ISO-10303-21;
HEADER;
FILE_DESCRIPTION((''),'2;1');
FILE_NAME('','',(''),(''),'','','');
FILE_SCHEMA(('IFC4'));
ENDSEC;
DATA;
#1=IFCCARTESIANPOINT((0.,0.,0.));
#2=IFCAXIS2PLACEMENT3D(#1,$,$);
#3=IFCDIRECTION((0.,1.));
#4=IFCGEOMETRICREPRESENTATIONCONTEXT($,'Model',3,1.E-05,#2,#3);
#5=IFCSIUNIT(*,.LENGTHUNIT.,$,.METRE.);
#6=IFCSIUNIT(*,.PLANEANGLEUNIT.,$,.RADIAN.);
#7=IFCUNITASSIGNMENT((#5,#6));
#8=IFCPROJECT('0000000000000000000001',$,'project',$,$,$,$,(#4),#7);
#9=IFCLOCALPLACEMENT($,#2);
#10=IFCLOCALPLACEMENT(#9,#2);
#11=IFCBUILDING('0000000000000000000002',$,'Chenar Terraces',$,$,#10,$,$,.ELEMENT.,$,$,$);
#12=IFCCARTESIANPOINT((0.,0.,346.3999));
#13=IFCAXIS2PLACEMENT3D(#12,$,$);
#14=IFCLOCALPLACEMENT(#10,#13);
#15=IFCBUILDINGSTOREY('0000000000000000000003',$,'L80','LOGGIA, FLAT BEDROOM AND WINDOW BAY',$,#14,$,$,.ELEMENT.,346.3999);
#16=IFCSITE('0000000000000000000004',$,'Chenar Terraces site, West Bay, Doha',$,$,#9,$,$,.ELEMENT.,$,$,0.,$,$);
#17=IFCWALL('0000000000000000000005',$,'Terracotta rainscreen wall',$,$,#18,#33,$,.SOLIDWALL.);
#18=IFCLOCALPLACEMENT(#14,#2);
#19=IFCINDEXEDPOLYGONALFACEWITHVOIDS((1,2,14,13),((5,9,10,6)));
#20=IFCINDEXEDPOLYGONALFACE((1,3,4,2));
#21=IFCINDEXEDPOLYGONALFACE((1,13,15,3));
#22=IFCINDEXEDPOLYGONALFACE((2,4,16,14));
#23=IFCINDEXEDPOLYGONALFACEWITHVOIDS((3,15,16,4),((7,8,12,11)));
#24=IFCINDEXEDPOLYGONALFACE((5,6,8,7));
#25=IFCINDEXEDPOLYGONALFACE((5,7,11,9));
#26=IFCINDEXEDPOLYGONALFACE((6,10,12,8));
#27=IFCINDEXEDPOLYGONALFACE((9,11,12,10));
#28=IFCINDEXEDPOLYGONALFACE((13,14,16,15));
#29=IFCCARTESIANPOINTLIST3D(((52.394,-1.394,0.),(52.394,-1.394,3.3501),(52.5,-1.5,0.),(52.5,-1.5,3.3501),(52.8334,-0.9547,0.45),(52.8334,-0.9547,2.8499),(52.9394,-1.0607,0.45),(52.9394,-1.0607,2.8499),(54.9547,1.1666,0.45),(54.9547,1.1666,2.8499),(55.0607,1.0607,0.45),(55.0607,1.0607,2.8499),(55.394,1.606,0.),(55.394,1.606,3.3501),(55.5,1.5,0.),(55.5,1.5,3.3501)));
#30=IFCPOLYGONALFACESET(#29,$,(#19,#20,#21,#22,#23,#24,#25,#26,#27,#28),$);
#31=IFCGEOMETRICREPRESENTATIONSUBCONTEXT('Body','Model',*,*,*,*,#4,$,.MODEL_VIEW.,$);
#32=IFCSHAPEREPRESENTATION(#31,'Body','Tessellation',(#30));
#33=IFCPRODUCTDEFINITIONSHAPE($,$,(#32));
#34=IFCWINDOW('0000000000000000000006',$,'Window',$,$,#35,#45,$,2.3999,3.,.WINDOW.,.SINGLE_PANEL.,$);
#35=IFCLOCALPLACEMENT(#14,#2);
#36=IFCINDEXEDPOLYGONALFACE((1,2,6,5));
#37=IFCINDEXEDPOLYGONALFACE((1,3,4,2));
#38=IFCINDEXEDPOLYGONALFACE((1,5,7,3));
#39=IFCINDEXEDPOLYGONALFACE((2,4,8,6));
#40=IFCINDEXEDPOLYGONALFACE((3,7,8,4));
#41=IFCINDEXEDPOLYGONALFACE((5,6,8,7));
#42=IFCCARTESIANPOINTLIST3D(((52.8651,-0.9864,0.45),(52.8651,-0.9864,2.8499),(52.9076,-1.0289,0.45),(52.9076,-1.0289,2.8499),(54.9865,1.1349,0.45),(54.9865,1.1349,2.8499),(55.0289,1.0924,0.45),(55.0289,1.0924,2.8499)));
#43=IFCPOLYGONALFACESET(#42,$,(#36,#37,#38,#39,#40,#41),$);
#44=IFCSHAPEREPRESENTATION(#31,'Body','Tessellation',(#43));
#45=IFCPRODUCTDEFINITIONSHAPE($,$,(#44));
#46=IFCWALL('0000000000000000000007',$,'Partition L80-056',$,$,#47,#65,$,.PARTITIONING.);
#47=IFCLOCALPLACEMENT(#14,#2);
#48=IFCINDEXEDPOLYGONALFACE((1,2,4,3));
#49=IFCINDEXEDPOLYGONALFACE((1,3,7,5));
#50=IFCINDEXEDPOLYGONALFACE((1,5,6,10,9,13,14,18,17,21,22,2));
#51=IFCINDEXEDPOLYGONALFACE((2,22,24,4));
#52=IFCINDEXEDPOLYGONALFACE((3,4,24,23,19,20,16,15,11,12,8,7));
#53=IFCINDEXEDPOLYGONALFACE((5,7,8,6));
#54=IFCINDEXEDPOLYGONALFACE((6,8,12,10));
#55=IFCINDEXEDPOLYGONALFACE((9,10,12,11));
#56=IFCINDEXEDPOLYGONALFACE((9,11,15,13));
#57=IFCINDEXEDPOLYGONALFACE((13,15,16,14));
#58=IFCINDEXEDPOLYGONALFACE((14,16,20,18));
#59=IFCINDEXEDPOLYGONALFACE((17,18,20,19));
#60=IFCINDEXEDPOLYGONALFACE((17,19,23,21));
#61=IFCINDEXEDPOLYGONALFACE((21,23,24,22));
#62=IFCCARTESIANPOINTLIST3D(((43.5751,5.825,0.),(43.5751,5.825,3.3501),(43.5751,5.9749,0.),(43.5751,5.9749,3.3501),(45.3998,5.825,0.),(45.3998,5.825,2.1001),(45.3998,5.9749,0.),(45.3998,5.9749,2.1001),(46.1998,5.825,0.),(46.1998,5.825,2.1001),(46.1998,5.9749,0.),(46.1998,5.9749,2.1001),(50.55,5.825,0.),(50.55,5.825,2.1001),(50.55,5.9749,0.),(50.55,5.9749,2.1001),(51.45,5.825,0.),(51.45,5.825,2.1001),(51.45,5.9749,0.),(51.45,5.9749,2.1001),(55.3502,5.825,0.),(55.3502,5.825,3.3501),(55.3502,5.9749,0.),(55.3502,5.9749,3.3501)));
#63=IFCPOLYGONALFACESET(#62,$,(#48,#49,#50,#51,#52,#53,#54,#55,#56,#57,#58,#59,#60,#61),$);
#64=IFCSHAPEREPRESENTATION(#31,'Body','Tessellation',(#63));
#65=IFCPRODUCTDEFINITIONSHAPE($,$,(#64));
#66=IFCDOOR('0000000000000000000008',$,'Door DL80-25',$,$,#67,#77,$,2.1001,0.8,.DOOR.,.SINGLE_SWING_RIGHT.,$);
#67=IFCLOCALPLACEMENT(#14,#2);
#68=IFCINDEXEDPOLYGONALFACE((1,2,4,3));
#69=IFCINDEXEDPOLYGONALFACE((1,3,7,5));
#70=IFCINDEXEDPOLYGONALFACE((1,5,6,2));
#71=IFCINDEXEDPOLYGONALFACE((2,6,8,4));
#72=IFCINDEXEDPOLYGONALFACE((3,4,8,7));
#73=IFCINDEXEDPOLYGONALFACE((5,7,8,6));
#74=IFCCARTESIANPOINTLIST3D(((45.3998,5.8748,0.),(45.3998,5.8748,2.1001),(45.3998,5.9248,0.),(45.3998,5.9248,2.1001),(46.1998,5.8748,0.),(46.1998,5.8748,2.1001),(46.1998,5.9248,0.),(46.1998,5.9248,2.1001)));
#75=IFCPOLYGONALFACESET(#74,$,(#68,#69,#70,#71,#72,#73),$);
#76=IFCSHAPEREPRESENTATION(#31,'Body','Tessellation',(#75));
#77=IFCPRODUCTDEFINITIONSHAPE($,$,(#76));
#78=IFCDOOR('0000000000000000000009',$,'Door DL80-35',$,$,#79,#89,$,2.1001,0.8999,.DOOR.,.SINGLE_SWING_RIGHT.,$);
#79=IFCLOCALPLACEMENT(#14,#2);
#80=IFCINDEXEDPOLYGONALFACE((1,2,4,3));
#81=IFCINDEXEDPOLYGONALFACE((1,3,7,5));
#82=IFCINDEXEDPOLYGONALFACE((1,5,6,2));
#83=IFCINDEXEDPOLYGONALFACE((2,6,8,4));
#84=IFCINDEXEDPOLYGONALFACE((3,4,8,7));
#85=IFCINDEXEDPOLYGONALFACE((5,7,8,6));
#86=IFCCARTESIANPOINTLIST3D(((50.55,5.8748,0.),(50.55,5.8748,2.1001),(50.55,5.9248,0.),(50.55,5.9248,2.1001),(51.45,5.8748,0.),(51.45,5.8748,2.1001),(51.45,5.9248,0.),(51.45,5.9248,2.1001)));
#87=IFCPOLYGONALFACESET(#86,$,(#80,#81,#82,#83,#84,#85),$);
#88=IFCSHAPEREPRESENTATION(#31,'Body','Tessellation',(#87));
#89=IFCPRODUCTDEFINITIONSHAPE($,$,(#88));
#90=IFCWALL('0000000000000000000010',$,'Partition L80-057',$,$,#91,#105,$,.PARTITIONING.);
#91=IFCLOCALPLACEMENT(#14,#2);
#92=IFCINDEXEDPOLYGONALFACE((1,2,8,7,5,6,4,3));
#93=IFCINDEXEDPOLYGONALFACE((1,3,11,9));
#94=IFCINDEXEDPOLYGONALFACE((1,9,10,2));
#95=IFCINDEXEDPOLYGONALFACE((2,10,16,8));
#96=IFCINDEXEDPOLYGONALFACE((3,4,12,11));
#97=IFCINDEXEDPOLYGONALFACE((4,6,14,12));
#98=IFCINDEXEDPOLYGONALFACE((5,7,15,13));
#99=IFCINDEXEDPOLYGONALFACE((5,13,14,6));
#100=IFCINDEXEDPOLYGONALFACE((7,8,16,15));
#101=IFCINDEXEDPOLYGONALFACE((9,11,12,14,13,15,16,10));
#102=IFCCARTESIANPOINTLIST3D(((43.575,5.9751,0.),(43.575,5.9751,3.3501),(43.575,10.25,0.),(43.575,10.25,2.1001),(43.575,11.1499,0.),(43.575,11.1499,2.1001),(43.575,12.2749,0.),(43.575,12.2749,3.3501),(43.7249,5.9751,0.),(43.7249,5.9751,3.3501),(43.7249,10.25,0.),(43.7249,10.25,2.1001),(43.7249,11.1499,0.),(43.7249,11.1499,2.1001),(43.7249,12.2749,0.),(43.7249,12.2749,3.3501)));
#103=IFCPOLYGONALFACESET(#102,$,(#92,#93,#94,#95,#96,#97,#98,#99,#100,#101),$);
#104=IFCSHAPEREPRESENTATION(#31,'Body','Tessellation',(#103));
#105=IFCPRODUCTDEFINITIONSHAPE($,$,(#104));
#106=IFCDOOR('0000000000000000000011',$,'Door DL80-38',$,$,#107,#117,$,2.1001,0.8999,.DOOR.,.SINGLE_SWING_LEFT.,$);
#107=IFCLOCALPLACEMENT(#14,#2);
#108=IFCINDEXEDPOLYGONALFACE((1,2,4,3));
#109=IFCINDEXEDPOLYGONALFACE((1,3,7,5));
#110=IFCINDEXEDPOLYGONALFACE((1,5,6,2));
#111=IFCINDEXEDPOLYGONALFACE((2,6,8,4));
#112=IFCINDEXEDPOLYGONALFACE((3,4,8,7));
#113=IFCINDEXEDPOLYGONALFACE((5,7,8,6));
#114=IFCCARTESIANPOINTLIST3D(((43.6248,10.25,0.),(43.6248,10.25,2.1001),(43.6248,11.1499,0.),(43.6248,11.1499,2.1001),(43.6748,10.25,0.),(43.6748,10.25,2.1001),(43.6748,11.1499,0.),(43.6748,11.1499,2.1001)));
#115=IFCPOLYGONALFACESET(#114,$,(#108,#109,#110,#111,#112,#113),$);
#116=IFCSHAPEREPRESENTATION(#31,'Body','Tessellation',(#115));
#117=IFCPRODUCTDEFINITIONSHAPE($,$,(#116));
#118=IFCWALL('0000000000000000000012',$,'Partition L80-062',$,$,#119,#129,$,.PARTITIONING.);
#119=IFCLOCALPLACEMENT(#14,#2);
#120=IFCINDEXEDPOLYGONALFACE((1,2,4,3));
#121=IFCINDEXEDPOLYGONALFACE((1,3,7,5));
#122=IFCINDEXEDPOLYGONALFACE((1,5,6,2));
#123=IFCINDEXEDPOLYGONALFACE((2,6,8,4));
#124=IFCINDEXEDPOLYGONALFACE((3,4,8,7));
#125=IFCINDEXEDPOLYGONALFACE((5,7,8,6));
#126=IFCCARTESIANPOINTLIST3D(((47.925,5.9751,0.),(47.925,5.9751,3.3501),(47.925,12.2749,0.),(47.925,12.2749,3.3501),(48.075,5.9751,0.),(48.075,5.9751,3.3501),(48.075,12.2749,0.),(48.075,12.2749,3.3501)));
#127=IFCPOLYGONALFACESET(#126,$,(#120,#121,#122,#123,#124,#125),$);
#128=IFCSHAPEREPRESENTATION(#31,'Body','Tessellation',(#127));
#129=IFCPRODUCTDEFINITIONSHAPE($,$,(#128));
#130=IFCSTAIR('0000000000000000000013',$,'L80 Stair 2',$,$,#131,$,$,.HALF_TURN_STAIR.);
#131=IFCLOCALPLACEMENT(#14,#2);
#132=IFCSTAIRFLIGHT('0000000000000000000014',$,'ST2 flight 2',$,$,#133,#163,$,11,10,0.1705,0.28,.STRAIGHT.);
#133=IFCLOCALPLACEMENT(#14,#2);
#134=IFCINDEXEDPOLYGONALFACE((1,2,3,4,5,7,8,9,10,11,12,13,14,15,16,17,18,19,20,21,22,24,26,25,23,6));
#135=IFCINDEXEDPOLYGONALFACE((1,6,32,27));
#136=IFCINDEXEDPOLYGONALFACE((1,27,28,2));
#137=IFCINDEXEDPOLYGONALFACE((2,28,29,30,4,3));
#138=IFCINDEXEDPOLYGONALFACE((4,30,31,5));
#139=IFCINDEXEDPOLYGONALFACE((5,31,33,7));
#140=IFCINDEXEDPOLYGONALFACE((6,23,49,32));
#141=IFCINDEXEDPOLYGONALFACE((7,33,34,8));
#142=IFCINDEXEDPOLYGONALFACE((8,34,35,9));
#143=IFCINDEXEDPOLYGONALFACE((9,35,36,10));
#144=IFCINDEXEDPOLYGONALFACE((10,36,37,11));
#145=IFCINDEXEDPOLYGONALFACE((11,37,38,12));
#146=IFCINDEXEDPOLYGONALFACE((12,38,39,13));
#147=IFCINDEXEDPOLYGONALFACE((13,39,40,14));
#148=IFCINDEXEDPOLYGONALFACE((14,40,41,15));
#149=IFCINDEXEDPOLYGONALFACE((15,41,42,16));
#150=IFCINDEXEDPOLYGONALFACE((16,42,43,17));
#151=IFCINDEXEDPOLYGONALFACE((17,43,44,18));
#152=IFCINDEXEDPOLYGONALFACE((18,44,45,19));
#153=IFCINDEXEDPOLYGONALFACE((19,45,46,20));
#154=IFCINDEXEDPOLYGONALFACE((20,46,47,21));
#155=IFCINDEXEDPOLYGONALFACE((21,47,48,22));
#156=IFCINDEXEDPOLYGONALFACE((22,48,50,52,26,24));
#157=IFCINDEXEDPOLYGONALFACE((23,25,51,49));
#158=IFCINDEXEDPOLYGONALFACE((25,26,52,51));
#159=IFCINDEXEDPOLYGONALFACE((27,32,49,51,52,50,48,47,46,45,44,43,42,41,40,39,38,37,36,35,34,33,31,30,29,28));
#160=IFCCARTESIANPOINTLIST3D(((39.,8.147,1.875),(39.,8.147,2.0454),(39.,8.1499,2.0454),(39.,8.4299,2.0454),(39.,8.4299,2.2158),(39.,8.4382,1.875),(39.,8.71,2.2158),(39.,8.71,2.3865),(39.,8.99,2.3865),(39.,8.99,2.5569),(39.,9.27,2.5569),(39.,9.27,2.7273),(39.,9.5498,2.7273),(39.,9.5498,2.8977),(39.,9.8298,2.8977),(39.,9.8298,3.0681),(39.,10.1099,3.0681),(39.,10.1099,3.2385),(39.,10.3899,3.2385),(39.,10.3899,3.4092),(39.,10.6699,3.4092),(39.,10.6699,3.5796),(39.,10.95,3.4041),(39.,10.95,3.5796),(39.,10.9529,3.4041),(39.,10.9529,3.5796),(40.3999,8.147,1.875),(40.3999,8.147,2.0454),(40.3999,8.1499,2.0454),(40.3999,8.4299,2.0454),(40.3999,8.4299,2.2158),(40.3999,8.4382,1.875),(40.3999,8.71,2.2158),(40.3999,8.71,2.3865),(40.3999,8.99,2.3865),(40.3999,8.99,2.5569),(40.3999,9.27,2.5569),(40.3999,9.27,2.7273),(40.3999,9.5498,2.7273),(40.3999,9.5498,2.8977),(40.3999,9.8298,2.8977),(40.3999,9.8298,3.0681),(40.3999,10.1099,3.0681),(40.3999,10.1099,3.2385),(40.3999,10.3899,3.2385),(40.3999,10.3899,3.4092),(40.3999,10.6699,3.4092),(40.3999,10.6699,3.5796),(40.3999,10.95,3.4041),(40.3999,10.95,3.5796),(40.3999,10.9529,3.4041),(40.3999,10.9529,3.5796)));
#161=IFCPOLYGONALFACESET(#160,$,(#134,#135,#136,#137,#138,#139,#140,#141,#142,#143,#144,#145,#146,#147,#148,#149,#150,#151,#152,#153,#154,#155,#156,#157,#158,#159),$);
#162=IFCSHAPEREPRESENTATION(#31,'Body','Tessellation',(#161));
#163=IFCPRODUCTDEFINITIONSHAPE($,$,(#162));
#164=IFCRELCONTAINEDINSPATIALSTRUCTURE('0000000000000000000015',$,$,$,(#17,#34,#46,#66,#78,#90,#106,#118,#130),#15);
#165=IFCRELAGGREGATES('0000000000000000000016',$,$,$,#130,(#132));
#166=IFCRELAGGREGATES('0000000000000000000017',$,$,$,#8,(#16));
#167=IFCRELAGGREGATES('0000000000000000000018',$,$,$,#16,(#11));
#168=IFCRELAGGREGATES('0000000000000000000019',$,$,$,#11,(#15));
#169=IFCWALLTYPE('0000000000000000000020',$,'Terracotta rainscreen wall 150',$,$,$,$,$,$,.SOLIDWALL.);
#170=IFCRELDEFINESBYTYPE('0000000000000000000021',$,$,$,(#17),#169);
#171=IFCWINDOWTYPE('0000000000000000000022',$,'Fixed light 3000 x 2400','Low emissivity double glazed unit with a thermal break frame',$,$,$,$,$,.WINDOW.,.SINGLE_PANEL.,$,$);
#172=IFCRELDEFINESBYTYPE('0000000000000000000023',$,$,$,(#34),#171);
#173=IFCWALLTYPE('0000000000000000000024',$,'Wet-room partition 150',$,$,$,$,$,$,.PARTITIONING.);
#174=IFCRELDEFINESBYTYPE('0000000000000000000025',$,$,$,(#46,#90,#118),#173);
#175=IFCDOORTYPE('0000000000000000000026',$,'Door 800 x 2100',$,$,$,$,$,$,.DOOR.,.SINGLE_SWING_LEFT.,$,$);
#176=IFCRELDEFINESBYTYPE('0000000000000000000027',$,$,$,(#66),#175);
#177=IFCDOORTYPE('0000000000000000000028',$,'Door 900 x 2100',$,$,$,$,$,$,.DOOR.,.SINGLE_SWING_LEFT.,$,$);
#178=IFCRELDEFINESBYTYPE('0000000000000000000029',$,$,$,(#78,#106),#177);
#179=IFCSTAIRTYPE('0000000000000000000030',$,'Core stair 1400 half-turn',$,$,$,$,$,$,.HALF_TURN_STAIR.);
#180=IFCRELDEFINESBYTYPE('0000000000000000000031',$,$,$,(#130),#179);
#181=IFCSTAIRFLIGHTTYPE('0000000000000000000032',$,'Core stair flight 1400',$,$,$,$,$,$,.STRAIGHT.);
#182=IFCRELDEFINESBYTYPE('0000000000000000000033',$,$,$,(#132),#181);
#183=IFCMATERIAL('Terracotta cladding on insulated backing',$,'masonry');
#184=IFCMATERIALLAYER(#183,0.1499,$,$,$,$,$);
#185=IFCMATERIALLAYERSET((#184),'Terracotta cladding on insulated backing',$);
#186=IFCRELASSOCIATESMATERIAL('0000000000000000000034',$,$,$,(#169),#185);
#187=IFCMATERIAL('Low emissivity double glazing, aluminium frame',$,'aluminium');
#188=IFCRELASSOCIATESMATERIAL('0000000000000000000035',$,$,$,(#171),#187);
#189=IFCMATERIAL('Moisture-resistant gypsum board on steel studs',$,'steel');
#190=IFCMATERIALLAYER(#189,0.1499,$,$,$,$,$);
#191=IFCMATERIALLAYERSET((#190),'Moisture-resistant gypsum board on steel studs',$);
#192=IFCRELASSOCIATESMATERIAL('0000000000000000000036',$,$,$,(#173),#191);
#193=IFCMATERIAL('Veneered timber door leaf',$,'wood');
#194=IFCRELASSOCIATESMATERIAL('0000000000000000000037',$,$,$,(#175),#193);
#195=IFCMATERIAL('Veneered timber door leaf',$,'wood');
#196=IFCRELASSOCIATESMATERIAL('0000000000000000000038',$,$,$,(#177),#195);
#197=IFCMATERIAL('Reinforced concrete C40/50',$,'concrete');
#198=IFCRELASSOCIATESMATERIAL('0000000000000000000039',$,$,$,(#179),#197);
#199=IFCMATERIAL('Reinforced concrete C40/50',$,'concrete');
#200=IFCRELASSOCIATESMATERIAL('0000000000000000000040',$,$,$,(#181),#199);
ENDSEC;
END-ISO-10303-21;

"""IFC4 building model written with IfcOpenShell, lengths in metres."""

from ifc_helpers import new_model, si_unit, direction, frame, frame_2d, origin, place, context, subcontext, project, spatial, polyline, rectangle, outline, extrude, material, layer, layer_set, type_object, element, fill, aggregate, save


model = new_model("IFC4")

# Units and contexts
model_context = context("Model", 3, precision=1e-05, world=origin(), true_north=direction((0.0, 1.0)))
body_context = subcontext(model_context, "Body", "Model", "MODEL_VIEW")
ifc_project = project(units=[si_unit("LENGTHUNIT", "METRE"), si_unit("PLANEANGLEUNIT", "RADIAN")], contexts=[model_context])

# Site, building, storey
site_placement = place(None, origin())
site = spatial("IfcSite", under=ifc_project, at=site_placement, Name="Chenar Terraces site, West Bay, Doha", CompositionType="ELEMENT", RefElevation=0.0)
building_placement = place(site_placement, origin())
building = spatial("IfcBuilding", under=site, at=building_placement, Name="Chenar Terraces", CompositionType="ELEMENT")
storey_placement = place(building_placement, frame((0.0, 0.0, 346.3999)))
storey = spatial("IfcBuildingStorey", under=building, at=storey_placement, Name="L80", Description="LOGGIA, FLAT BEDROOM AND WINDOW BAY", CompositionType="ELEMENT", Elevation=346.3999)

# Wall, opening, window
ifc_material_1 = material(Name="Terracotta cladding on insulated backing", Category="masonry")
ifc_layer_1 = layer(ifc_material_1, 0.1499)
ifc_layer_set_1 = layer_set([ifc_layer_1], Name="Terracotta cladding on insulated backing")
wall_type_1 = type_object("IfcWallType", Name="Terracotta rainscreen wall 150", PredefinedType="SOLIDWALL", material=ifc_layer_set_1)
wall_1_placement = place(storey_placement, frame((52.447, -1.447, 0.0), z_axis=(0.0, 0.0, 1.0), x_axis=(0.707107, 0.707107, 0.0)))
wall_1 = element("IfcWall", 1, at=wall_1_placement, inside=storey, type_object=wall_type_1, Name="Terracotta rainscreen wall", PredefinedType="SOLIDWALL", context=body_context, shape_type="SweptSolid", body=[
    extrude(rectangle(XDim=4.2427, YDim=0.1499, at=frame_2d((2.1213, 0.0))), origin(), (0.0, 0.0, 1.0), 3.3501),
])
opening_1_placement = place(wall_1_placement, frame((0.6213, 0.0, 0.45)))
opening_1 = element("IfcOpeningElement", 2, at=opening_1_placement, cuts=wall_1, PredefinedType="OPENING", context=body_context, shape_type="SweptSolid", body=[
    extrude(rectangle(XDim=3.0, YDim=2.3999, at=frame_2d((1.5, 1.2))), frame((0.0, 0.085, 0.0), z_axis=(0.0, -1.0, 0.0), x_axis=(1.0, 0.0, 0.0)), (0.0, 0.0, 1.0), 0.1699),
])
ifc_material_2 = material(Name="Low emissivity double glazing, aluminium frame", Category="aluminium")
window_type_1 = type_object("IfcWindowType", Name="Fixed light 3000 x 2400", Description="Low emissivity double glazed unit with a thermal break frame", PartitioningType="SINGLE_PANEL", PredefinedType="WINDOW", material=ifc_material_2)
window_1_placement = place(opening_1_placement, origin())
window_1 = element("IfcWindow", 3, at=window_1_placement, inside=storey, type_object=window_type_1, Name="Window", OverallHeight=2.3999, OverallWidth=3.0, PartitioningType="SINGLE_PANEL", PredefinedType="WINDOW", context=body_context, shape_type="SweptSolid", body=[
    extrude(rectangle(XDim=3.0, YDim=2.3999, at=frame_2d((1.5, 1.2))), frame((0.0, 0.03, 0.0), z_axis=(0.0, -1.0, 0.0), x_axis=(1.0, 0.0, 0.0)), (0.0, 0.0, 1.0), 0.0601),
])
fill(opening_1, window_1)

# Wall, openings, doors
ifc_material_3 = material(Name="Moisture-resistant gypsum board on steel studs", Category="steel")
ifc_layer_2 = layer(ifc_material_3, 0.1499)
ifc_layer_set_2 = layer_set([ifc_layer_2], Name="Moisture-resistant gypsum board on steel studs")
wall_type_2 = type_object("IfcWallType", Name="Wet-room partition 150", PredefinedType="PARTITIONING", material=ifc_layer_set_2)
wall_2_placement = place(storey_placement, frame((43.575, 5.8999, 0.0), z_axis=(0.0, 0.0, 1.0), x_axis=(1.0, 0.0, 0.0)))
wall_2 = element("IfcWall", 4, at=wall_2_placement, inside=storey, type_object=wall_type_2, Name="Partition L80-056", PredefinedType="PARTITIONING", context=body_context, shape_type="SweptSolid", body=[
    extrude(rectangle(XDim=11.7751, YDim=0.1499, at=frame_2d((5.8877, 0.0))), origin(), (0.0, 0.0, 1.0), 3.3501),
])
opening_2_placement = place(wall_2_placement, frame((1.825, 0.0, 0.0)))
opening_2 = element("IfcOpeningElement", 5, at=opening_2_placement, cuts=wall_2, PredefinedType="OPENING", context=body_context, shape_type="SweptSolid", body=[
    extrude(rectangle(XDim=0.8, YDim=2.1001, at=frame_2d((0.3999, 1.05))), frame((0.0, 0.085, 0.0), z_axis=(0.0, -1.0, 0.0), x_axis=(1.0, 0.0, 0.0)), (0.0, 0.0, 1.0), 0.1699),
])
opening_3_placement = place(wall_2_placement, frame((6.9751, 0.0, 0.0)))
opening_3 = element("IfcOpeningElement", 6, at=opening_3_placement, cuts=wall_2, PredefinedType="OPENING", context=body_context, shape_type="SweptSolid", body=[
    extrude(rectangle(XDim=0.8999, YDim=2.1001, at=frame_2d((0.45, 1.05))), frame((0.0, 0.085, 0.0), z_axis=(0.0, -1.0, 0.0), x_axis=(1.0, 0.0, 0.0)), (0.0, 0.0, 1.0), 0.1699),
])
ifc_material_4 = material(Name="Veneered timber door leaf", Category="wood")
door_type_1 = type_object("IfcDoorType", Name="Door 800 x 2100", OperationType="SINGLE_SWING_LEFT", PredefinedType="DOOR", material=ifc_material_4)
door_1_placement = place(opening_2_placement, origin())
door_1 = element("IfcDoor", 7, at=door_1_placement, inside=storey, type_object=door_type_1, Name="Door DL80-25", OperationType="SINGLE_SWING_RIGHT", OverallHeight=2.1001, OverallWidth=0.8, PredefinedType="DOOR", context=body_context, shape_type="SweptSolid", body=[
    extrude(rectangle(XDim=0.8, YDim=2.1001, at=frame_2d((0.3999, 1.05))), frame((0.0, 0.0249, 0.0), z_axis=(0.0, -1.0, 0.0), x_axis=(1.0, 0.0, 0.0)), (0.0, 0.0, 1.0), 0.05),
])
fill(opening_2, door_1)
ifc_material_5 = material(Name="Veneered timber door leaf", Category="wood")
door_type_2 = type_object("IfcDoorType", Name="Door 900 x 2100", OperationType="SINGLE_SWING_LEFT", PredefinedType="DOOR", material=ifc_material_5)
door_2_placement = place(opening_3_placement, origin())
door_2 = element("IfcDoor", 8, at=door_2_placement, inside=storey, type_object=door_type_2, Name="Door DL80-35", OperationType="SINGLE_SWING_RIGHT", OverallHeight=2.1001, OverallWidth=0.8999, PredefinedType="DOOR", context=body_context, shape_type="SweptSolid", body=[
    extrude(rectangle(XDim=0.8999, YDim=2.1001, at=frame_2d((0.45, 1.05))), frame((0.0, 0.0249, 0.0), z_axis=(0.0, -1.0, 0.0), x_axis=(1.0, 0.0, 0.0)), (0.0, 0.0, 1.0), 0.05),
])
fill(opening_3, door_2)

# Wall, opening, door
wall_3_placement = place(storey_placement, frame((43.6499, 5.9751, 0.0), z_axis=(0.0, 0.0, 1.0), x_axis=(0.0, 1.0, 0.0)))
wall_3 = element("IfcWall", 9, at=wall_3_placement, inside=storey, type_object=wall_type_2, Name="Partition L80-057", PredefinedType="PARTITIONING", context=body_context, shape_type="SweptSolid", body=[
    extrude(rectangle(XDim=6.2998, YDim=0.1499, at=frame_2d((3.1499, 0.0))), origin(), (0.0, 0.0, 1.0), 3.3501),
])
opening_4_placement = place(wall_3_placement, frame((4.2749, 0.0, 0.0)))
opening_4 = element("IfcOpeningElement", 10, at=opening_4_placement, cuts=wall_3, PredefinedType="OPENING", context=body_context, shape_type="SweptSolid", body=[
    extrude(rectangle(XDim=0.8999, YDim=2.1001, at=frame_2d((0.45, 1.05))), frame((0.0, 0.085, 0.0), z_axis=(0.0, -1.0, 0.0), x_axis=(1.0, 0.0, 0.0)), (0.0, 0.0, 1.0), 0.1699),
])
door_3_placement = place(opening_4_placement, frame((0.8999, 0.0, 0.0), z_axis=(0.0, 0.0, 1.0), x_axis=(-1.0, 0.0, 0.0)))
door_3 = element("IfcDoor", 11, at=door_3_placement, inside=storey, type_object=door_type_2, Name="Door DL80-38", OperationType="SINGLE_SWING_LEFT", OverallHeight=2.1001, OverallWidth=0.8999, PredefinedType="DOOR", context=body_context, shape_type="SweptSolid", body=[
    extrude(rectangle(XDim=0.8999, YDim=2.1001, at=frame_2d((0.45, 1.05))), frame((0.0, 0.0249, 0.0), z_axis=(0.0, -1.0, 0.0), x_axis=(1.0, 0.0, 0.0)), (0.0, 0.0, 1.0), 0.05),
])
fill(opening_4, door_3)

# Wall
wall_4_placement = place(storey_placement, frame((48.0, 5.9751, 0.0), z_axis=(0.0, 0.0, 1.0), x_axis=(0.0, 1.0, 0.0)))
element("IfcWall", 12, at=wall_4_placement, inside=storey, type_object=wall_type_2, Name="Partition L80-062", PredefinedType="PARTITIONING", context=body_context, shape_type="SweptSolid", body=[
    extrude(rectangle(XDim=6.2998, YDim=0.1499, at=frame_2d((3.1499, 0.0))), origin(), (0.0, 0.0, 1.0), 3.3501),
])

# Stair, stair flight
ifc_material_6 = material(Name="Reinforced concrete C40/50", Category="concrete")
stair_type = type_object("IfcStairType", Name="Core stair 1400 half-turn", PredefinedType="HALF_TURN_STAIR", material=ifc_material_6)
stair_placement = place(storey_placement, origin())
stair = element("IfcStair", 13, at=stair_placement, inside=storey, type_object=stair_type, Name="L80 Stair 2", PredefinedType="HALF_TURN_STAIR")
ifc_material_7 = material(Name="Reinforced concrete C40/50", Category="concrete")
stair_flight_type = type_object("IfcStairFlightType", Name="Core stair flight 1400", PredefinedType="STRAIGHT", material=ifc_material_7)
stair_flight_placement = place(storey_placement, frame((39.7, 8.1499, 1.875), z_axis=(0.0, 0.0, 1.0), x_axis=(0.0, 1.0, 0.0)))
stair_flight = element("IfcStairFlight", 14, at=stair_flight_placement, type_object=stair_flight_type, Name="ST2 flight 2", NumberOfRisers=11, NumberOfTreads=10, PredefinedType="STRAIGHT", RiserHeight=0.1705, TreadLength=0.28, context=body_context, shape_type="SweptSolid", body=[
    extrude(outline(polyline([(-0.0029, 0.0), (-0.0029, 0.1704), (0.0, 0.1704), (0.28, 0.1704), (0.28, 0.3408), (0.5601, 0.3408), (0.5601, 0.5115), (0.8401, 0.5115), (0.8401, 0.6819), (1.1201, 0.6819), (1.1201, 0.8523), (1.3999, 0.8523), (1.3999, 1.0227), (1.6799, 1.0227), (1.6799, 1.1931), (1.96, 1.1931), (1.96, 1.3635), (2.24, 1.3635), (2.24, 1.5342), (2.52, 1.5342), (2.52, 1.7046), (2.8, 1.7046), (2.803, 1.7046), (2.803, 1.5291), (2.8, 1.5291), (0.2883, 0.0), (-0.0029, 0.0)])), frame((0.0, 0.7, 0.0), z_axis=(0.0, -1.0, 0.0), x_axis=(1.0, 0.0, 0.0)), (0.0, 0.0, 1.0), 1.3999),
])
aggregate(stair, [stair_flight])

save(model, "model.ifc")
